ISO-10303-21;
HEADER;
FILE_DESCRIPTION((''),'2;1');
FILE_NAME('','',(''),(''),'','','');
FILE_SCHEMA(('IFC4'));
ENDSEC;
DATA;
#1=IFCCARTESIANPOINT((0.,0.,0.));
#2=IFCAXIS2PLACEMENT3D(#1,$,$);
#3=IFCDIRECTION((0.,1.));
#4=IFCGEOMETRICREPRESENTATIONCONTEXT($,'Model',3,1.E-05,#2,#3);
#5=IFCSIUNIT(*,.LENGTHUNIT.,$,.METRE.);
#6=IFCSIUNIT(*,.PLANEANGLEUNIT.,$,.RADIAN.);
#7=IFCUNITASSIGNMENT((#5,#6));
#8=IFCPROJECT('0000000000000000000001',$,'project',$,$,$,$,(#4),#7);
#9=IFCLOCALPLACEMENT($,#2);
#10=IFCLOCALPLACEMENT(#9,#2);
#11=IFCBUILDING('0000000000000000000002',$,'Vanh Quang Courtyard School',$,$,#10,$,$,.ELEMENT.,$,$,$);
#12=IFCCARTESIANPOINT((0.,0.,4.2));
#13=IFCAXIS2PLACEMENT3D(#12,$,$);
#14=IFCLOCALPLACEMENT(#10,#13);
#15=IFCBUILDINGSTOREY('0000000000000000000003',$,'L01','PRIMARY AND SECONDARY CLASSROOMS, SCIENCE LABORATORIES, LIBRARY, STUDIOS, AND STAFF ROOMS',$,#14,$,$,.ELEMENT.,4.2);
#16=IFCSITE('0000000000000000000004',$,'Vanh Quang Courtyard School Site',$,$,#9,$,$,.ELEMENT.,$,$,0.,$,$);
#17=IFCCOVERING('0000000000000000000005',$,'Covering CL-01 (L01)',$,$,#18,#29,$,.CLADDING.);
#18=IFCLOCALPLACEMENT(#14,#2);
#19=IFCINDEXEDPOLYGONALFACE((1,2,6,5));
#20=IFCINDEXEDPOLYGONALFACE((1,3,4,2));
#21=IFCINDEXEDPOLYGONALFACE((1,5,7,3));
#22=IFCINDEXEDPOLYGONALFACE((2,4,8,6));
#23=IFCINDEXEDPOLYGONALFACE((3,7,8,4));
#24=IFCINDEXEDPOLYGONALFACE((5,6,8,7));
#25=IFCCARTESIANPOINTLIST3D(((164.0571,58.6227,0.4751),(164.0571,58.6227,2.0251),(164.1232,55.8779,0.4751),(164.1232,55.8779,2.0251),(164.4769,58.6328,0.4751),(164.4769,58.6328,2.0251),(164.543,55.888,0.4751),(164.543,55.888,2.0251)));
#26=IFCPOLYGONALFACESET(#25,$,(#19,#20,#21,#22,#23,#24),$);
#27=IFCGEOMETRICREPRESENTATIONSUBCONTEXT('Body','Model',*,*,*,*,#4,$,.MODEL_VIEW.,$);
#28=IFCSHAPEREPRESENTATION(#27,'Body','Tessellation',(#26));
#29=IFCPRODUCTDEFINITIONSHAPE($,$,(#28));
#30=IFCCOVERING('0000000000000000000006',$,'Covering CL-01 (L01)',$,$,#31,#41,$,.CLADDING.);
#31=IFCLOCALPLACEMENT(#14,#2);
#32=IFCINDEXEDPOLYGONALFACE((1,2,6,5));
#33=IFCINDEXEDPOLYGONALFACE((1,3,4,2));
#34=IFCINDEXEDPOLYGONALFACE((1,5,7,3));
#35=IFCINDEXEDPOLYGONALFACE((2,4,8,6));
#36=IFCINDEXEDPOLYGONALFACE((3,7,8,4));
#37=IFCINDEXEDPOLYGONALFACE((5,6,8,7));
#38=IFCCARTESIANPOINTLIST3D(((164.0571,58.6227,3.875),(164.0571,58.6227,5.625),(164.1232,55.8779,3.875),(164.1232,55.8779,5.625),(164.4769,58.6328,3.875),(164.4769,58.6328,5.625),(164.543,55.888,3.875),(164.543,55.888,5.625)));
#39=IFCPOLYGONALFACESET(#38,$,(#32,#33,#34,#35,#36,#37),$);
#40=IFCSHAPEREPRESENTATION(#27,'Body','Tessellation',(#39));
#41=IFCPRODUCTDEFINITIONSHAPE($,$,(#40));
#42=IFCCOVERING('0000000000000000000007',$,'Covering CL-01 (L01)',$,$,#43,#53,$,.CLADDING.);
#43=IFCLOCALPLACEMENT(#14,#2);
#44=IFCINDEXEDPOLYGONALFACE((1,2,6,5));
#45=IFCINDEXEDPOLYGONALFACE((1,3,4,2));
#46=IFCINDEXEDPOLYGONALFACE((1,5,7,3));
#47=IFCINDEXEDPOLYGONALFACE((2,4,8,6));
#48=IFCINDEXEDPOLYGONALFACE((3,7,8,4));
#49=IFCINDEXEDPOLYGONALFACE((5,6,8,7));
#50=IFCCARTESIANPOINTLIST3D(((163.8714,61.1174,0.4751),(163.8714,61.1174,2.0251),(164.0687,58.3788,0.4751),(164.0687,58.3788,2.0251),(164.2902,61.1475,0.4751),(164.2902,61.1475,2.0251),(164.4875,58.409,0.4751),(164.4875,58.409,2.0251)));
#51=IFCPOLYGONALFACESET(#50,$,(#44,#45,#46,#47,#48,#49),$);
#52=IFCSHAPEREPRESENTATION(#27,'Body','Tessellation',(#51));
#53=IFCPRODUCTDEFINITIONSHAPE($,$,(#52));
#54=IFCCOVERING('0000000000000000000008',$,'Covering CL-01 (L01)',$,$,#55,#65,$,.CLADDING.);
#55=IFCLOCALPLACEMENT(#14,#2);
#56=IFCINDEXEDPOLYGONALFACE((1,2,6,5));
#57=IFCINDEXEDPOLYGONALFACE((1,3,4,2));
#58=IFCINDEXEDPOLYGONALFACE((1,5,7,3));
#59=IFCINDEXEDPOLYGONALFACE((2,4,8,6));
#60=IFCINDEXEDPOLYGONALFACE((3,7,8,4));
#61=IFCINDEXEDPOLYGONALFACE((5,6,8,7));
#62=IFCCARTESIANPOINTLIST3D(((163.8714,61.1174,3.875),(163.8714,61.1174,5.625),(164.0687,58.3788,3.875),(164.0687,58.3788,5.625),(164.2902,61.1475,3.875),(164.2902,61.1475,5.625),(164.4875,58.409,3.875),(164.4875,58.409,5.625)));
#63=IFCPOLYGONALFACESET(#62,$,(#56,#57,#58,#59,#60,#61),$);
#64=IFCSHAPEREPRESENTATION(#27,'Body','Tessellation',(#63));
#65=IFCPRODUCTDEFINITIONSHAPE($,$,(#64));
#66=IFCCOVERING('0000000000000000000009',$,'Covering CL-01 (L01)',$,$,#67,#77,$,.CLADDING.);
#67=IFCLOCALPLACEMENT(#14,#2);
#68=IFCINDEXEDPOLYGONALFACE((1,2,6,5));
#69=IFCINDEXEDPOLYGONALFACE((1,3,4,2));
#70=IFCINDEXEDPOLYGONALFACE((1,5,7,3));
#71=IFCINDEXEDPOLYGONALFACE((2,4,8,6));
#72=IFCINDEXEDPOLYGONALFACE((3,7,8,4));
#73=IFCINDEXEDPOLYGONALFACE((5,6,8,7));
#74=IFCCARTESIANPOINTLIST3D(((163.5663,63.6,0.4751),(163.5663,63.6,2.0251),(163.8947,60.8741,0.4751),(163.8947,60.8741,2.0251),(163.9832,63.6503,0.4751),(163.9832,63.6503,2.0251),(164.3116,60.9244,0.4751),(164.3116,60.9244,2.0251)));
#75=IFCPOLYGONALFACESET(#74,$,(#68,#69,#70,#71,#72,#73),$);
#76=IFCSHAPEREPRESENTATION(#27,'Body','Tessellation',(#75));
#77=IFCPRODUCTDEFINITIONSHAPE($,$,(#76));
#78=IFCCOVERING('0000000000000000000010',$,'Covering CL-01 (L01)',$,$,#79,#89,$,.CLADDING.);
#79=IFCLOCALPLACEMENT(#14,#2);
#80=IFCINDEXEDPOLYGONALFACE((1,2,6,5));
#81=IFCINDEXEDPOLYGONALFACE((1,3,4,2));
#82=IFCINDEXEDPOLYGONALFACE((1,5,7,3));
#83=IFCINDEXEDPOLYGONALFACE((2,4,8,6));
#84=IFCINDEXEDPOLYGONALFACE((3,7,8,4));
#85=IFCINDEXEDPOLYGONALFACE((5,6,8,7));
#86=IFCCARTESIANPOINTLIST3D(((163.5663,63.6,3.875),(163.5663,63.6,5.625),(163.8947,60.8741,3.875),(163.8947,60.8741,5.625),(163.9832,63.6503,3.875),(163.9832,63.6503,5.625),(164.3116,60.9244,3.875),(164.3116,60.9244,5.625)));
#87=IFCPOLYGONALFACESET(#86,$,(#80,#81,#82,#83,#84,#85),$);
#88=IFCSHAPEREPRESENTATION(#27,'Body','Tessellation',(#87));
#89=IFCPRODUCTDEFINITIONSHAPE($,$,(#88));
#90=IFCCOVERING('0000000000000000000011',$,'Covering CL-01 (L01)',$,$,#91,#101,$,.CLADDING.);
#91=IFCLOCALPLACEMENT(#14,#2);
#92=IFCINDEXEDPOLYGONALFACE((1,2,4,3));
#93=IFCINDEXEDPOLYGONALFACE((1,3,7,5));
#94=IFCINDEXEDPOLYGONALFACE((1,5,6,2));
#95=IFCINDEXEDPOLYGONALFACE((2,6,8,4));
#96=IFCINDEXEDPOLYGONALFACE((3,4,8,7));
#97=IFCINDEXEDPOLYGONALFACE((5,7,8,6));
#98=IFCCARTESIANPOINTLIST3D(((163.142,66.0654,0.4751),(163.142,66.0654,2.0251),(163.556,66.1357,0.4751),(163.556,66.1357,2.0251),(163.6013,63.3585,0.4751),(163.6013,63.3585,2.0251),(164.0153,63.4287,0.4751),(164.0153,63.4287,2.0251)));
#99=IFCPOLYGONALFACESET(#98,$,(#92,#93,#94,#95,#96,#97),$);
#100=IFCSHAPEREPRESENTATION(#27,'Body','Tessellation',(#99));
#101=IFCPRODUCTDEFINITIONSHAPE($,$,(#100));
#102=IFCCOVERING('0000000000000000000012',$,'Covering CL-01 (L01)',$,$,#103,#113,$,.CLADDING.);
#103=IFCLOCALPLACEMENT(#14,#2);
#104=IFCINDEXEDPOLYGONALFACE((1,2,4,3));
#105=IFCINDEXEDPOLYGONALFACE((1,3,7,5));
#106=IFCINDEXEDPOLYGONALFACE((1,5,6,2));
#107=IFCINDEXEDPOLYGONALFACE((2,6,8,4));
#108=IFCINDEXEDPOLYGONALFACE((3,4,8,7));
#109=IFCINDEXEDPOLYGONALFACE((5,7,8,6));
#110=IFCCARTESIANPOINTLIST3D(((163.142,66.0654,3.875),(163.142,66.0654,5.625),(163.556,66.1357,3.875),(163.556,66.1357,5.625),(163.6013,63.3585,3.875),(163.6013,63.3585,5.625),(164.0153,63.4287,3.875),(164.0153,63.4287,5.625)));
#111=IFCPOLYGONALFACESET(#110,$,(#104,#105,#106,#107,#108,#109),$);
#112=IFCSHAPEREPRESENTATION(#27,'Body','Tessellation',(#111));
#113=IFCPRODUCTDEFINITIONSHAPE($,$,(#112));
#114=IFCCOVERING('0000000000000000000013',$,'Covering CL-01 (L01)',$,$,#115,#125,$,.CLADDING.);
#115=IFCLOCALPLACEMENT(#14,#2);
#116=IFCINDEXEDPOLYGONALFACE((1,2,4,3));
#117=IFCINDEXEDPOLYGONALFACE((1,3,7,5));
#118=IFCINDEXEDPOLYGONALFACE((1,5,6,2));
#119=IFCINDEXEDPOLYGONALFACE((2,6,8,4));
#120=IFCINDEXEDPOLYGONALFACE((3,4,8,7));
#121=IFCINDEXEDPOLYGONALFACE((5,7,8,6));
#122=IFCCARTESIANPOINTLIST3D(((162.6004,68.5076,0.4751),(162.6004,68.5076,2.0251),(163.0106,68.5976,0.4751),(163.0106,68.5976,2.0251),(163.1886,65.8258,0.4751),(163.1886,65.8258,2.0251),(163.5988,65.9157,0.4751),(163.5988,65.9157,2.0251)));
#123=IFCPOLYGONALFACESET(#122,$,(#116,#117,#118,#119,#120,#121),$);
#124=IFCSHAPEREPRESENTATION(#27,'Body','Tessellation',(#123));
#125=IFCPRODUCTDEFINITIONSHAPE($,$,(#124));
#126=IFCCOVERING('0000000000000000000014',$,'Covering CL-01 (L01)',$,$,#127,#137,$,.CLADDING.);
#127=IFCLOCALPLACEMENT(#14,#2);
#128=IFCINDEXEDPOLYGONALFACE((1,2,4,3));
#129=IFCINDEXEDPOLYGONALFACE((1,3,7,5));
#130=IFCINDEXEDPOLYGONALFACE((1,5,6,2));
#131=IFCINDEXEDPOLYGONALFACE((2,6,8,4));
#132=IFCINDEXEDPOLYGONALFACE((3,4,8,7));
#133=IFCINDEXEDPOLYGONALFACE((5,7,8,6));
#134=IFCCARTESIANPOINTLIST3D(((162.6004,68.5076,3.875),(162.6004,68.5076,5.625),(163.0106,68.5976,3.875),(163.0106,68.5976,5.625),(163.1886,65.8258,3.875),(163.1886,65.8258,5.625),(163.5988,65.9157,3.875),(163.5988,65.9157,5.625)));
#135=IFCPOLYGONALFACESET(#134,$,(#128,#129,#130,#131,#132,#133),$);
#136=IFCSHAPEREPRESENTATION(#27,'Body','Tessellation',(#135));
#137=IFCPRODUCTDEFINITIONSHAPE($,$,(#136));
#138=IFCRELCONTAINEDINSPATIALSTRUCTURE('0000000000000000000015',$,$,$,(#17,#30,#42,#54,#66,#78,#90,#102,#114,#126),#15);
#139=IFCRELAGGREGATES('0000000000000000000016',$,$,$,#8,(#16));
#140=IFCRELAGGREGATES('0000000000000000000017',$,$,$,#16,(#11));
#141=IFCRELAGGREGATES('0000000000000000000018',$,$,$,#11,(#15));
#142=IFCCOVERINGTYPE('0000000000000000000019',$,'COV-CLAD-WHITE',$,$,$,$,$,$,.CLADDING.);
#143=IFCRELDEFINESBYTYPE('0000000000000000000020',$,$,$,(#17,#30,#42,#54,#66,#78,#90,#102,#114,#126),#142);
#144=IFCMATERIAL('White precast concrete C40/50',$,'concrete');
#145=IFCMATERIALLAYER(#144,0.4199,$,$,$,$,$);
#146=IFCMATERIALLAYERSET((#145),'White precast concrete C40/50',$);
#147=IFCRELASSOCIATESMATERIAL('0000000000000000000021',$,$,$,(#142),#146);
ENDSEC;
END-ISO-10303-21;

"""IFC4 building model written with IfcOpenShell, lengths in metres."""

from ifc_helpers import new_model, si_unit, direction, frame, origin, origin_2d, place, context, subcontext, project, spatial, rectangle, extrude, material, layer, layer_set, type_object, element, save


model = new_model("IFC4")

# Units and contexts
model_context = context("Model", 3, precision=1e-05, world=origin(), true_north=direction((0.0, 1.0)))
body_context = subcontext(model_context, "Body", "Model", "MODEL_VIEW")
ifc_project = project(units=[si_unit("LENGTHUNIT", "METRE"), si_unit("PLANEANGLEUNIT", "RADIAN")], contexts=[model_context])

# Site, building, storey
site_placement = place(None, origin())
site = spatial("IfcSite", under=ifc_project, at=site_placement, Name="Vanh Quang Courtyard School Site", CompositionType="ELEMENT", RefElevation=0.0)
building_placement = place(site_placement, origin())
building = spatial("IfcBuilding", under=site, at=building_placement, Name="Vanh Quang Courtyard School", CompositionType="ELEMENT")
storey_placement = place(building_placement, frame((0.0, 0.0, 4.2)))
storey = spatial("IfcBuildingStorey", under=building, at=storey_placement, Name="L01", Description="PRIMARY AND SECONDARY CLASSROOMS, SCIENCE LABORATORIES, LIBRARY, STUDIOS, AND STAFF ROOMS", CompositionType="ELEMENT", Elevation=4.2)

# Coverings
ifc_material_1 = material(Name="White precast concrete C40/50", Category="concrete")
ifc_layer_1 = layer(ifc_material_1, 0.4199)
ifc_layer_set_1 = layer_set([ifc_layer_1], Name="White precast concrete C40/50")
covering_type = type_object("IfcCoveringType", Name="COV-CLAD-WHITE", PredefinedType="CLADDING", material=ifc_layer_set_1)
covering_1_placement = place(storey_placement, frame((164.3, 57.2554, 0.4751), z_axis=(0.0, 0.0, 1.0), x_axis=(-0.024083, 0.99971, 0.0)))
element("IfcCovering", 1, at=covering_1_placement, inside=storey, type_object=covering_type, Name="Covering CL-01 (L01)", PredefinedType="CLADDING", context=body_context, shape_type="SweptSolid", body=[
    extrude(rectangle(XDim=2.7456, YDim=0.4199, at=origin_2d()), origin(), (0.0, 0.0, 1.0), 1.55),
])
covering_2_placement = place(storey_placement, frame((164.3, 57.2554, 3.875), z_axis=(0.0, 0.0, 1.0), x_axis=(-0.024083, 0.99971, 0.0)))
element("IfcCovering", 2, at=covering_2_placement, inside=storey, type_object=covering_type, Name="Covering CL-01 (L01)", PredefinedType="CLADDING", context=body_context, shape_type="SweptSolid", body=[
    extrude(rectangle(XDim=2.7456, YDim=0.4199, at=origin_2d()), origin(), (0.0, 0.0, 1.0), 1.75),
])
covering_3_placement = place(storey_placement, frame((164.1794, 59.7632, 0.4751), z_axis=(0.0, 0.0, 1.0), x_axis=(-0.071846, 0.997416, 0.0)))
element("IfcCovering", 3, at=covering_3_placement, inside=storey, type_object=covering_type, Name="Covering CL-01 (L01)", PredefinedType="CLADDING", context=body_context, shape_type="SweptSolid", body=[
    extrude(rectangle(XDim=2.7456, YDim=0.4199, at=origin_2d()), origin(), (0.0, 0.0, 1.0), 1.55),
])
covering_4_placement = place(storey_placement, frame((164.1794, 59.7632, 3.875), z_axis=(0.0, 0.0, 1.0), x_axis=(-0.071846, 0.997416, 0.0)))
element("IfcCovering", 4, at=covering_4_placement, inside=storey, type_object=covering_type, Name="Covering CL-01 (L01)", PredefinedType="CLADDING", context=body_context, shape_type="SweptSolid", body=[
    extrude(rectangle(XDim=2.7456, YDim=0.4199, at=origin_2d()), origin(), (0.0, 0.0, 1.0), 1.75),
])
covering_5_placement = place(storey_placement, frame((163.939, 62.2622, 0.4751), z_axis=(0.0, 0.0, 1.0), x_axis=(-0.119617, 0.99282, 0.0)))
element("IfcCovering", 5, at=covering_5_placement, inside=storey, type_object=covering_type, Name="Covering CL-01 (L01)", PredefinedType="CLADDING", context=body_context, shape_type="SweptSolid", body=[
    extrude(rectangle(XDim=2.7456, YDim=0.4199, at=origin_2d()), origin(), (0.0, 0.0, 1.0), 1.55),
])
covering_6_placement = place(storey_placement, frame((163.939, 62.2622, 3.875), z_axis=(0.0, 0.0, 1.0), x_axis=(-0.119617, 0.99282, 0.0)))
element("IfcCovering", 6, at=covering_6_placement, inside=storey, type_object=covering_type, Name="Covering CL-01 (L01)", PredefinedType="CLADDING", context=body_context, shape_type="SweptSolid", body=[
    extrude(rectangle(XDim=2.7456, YDim=0.4199, at=origin_2d()), origin(), (0.0, 0.0, 1.0), 1.75),
])
covering_7_placement = place(storey_placement, frame((163.5786, 64.7471, 0.4751), z_axis=(0.0, 0.0, 1.0), x_axis=(-0.167285, 0.985909, 0.0)))
element("IfcCovering", 7, at=covering_7_placement, inside=storey, type_object=covering_type, Name="Covering CL-01 (L01)", PredefinedType="CLADDING", context=body_context, shape_type="SweptSolid", body=[
    extrude(rectangle(XDim=2.7456, YDim=0.4199, at=origin_2d()), origin(), (0.0, 0.0, 1.0), 1.55),
])
covering_8_placement = place(storey_placement, frame((163.5786, 64.7471, 3.875), z_axis=(0.0, 0.0, 1.0), x_axis=(-0.167285, 0.985909, 0.0)))
element("IfcCovering", 8, at=covering_8_placement, inside=storey, type_object=covering_type, Name="Covering CL-01 (L01)", PredefinedType="CLADDING", context=body_context, shape_type="SweptSolid", body=[
    extrude(rectangle(XDim=2.7456, YDim=0.4199, at=origin_2d()), origin(), (0.0, 0.0, 1.0), 1.75),
])
covering_9_placement = place(storey_placement, frame((163.0996, 67.2117, 0.4751), z_axis=(0.0, 0.0, 1.0), x_axis=(-0.214224, 0.976785, 0.0)))
element("IfcCovering", 9, at=covering_9_placement, inside=storey, type_object=covering_type, Name="Covering CL-01 (L01)", PredefinedType="CLADDING", context=body_context, shape_type="SweptSolid", body=[
    extrude(rectangle(XDim=2.7456, YDim=0.4199, at=origin_2d()), origin(), (0.0, 0.0, 1.0), 1.55),
])
covering_10_placement = place(storey_placement, frame((163.0996, 67.2117, 3.875), z_axis=(0.0, 0.0, 1.0), x_axis=(-0.214224, 0.976785, 0.0)))
element("IfcCovering", 10, at=covering_10_placement, inside=storey, type_object=covering_type, Name="Covering CL-01 (L01)", PredefinedType="CLADDING", context=body_context, shape_type="SweptSolid", body=[
    extrude(rectangle(XDim=2.7456, YDim=0.4199, at=origin_2d()), origin(), (0.0, 0.0, 1.0), 1.75),
])

save(model, "model.ifc")
